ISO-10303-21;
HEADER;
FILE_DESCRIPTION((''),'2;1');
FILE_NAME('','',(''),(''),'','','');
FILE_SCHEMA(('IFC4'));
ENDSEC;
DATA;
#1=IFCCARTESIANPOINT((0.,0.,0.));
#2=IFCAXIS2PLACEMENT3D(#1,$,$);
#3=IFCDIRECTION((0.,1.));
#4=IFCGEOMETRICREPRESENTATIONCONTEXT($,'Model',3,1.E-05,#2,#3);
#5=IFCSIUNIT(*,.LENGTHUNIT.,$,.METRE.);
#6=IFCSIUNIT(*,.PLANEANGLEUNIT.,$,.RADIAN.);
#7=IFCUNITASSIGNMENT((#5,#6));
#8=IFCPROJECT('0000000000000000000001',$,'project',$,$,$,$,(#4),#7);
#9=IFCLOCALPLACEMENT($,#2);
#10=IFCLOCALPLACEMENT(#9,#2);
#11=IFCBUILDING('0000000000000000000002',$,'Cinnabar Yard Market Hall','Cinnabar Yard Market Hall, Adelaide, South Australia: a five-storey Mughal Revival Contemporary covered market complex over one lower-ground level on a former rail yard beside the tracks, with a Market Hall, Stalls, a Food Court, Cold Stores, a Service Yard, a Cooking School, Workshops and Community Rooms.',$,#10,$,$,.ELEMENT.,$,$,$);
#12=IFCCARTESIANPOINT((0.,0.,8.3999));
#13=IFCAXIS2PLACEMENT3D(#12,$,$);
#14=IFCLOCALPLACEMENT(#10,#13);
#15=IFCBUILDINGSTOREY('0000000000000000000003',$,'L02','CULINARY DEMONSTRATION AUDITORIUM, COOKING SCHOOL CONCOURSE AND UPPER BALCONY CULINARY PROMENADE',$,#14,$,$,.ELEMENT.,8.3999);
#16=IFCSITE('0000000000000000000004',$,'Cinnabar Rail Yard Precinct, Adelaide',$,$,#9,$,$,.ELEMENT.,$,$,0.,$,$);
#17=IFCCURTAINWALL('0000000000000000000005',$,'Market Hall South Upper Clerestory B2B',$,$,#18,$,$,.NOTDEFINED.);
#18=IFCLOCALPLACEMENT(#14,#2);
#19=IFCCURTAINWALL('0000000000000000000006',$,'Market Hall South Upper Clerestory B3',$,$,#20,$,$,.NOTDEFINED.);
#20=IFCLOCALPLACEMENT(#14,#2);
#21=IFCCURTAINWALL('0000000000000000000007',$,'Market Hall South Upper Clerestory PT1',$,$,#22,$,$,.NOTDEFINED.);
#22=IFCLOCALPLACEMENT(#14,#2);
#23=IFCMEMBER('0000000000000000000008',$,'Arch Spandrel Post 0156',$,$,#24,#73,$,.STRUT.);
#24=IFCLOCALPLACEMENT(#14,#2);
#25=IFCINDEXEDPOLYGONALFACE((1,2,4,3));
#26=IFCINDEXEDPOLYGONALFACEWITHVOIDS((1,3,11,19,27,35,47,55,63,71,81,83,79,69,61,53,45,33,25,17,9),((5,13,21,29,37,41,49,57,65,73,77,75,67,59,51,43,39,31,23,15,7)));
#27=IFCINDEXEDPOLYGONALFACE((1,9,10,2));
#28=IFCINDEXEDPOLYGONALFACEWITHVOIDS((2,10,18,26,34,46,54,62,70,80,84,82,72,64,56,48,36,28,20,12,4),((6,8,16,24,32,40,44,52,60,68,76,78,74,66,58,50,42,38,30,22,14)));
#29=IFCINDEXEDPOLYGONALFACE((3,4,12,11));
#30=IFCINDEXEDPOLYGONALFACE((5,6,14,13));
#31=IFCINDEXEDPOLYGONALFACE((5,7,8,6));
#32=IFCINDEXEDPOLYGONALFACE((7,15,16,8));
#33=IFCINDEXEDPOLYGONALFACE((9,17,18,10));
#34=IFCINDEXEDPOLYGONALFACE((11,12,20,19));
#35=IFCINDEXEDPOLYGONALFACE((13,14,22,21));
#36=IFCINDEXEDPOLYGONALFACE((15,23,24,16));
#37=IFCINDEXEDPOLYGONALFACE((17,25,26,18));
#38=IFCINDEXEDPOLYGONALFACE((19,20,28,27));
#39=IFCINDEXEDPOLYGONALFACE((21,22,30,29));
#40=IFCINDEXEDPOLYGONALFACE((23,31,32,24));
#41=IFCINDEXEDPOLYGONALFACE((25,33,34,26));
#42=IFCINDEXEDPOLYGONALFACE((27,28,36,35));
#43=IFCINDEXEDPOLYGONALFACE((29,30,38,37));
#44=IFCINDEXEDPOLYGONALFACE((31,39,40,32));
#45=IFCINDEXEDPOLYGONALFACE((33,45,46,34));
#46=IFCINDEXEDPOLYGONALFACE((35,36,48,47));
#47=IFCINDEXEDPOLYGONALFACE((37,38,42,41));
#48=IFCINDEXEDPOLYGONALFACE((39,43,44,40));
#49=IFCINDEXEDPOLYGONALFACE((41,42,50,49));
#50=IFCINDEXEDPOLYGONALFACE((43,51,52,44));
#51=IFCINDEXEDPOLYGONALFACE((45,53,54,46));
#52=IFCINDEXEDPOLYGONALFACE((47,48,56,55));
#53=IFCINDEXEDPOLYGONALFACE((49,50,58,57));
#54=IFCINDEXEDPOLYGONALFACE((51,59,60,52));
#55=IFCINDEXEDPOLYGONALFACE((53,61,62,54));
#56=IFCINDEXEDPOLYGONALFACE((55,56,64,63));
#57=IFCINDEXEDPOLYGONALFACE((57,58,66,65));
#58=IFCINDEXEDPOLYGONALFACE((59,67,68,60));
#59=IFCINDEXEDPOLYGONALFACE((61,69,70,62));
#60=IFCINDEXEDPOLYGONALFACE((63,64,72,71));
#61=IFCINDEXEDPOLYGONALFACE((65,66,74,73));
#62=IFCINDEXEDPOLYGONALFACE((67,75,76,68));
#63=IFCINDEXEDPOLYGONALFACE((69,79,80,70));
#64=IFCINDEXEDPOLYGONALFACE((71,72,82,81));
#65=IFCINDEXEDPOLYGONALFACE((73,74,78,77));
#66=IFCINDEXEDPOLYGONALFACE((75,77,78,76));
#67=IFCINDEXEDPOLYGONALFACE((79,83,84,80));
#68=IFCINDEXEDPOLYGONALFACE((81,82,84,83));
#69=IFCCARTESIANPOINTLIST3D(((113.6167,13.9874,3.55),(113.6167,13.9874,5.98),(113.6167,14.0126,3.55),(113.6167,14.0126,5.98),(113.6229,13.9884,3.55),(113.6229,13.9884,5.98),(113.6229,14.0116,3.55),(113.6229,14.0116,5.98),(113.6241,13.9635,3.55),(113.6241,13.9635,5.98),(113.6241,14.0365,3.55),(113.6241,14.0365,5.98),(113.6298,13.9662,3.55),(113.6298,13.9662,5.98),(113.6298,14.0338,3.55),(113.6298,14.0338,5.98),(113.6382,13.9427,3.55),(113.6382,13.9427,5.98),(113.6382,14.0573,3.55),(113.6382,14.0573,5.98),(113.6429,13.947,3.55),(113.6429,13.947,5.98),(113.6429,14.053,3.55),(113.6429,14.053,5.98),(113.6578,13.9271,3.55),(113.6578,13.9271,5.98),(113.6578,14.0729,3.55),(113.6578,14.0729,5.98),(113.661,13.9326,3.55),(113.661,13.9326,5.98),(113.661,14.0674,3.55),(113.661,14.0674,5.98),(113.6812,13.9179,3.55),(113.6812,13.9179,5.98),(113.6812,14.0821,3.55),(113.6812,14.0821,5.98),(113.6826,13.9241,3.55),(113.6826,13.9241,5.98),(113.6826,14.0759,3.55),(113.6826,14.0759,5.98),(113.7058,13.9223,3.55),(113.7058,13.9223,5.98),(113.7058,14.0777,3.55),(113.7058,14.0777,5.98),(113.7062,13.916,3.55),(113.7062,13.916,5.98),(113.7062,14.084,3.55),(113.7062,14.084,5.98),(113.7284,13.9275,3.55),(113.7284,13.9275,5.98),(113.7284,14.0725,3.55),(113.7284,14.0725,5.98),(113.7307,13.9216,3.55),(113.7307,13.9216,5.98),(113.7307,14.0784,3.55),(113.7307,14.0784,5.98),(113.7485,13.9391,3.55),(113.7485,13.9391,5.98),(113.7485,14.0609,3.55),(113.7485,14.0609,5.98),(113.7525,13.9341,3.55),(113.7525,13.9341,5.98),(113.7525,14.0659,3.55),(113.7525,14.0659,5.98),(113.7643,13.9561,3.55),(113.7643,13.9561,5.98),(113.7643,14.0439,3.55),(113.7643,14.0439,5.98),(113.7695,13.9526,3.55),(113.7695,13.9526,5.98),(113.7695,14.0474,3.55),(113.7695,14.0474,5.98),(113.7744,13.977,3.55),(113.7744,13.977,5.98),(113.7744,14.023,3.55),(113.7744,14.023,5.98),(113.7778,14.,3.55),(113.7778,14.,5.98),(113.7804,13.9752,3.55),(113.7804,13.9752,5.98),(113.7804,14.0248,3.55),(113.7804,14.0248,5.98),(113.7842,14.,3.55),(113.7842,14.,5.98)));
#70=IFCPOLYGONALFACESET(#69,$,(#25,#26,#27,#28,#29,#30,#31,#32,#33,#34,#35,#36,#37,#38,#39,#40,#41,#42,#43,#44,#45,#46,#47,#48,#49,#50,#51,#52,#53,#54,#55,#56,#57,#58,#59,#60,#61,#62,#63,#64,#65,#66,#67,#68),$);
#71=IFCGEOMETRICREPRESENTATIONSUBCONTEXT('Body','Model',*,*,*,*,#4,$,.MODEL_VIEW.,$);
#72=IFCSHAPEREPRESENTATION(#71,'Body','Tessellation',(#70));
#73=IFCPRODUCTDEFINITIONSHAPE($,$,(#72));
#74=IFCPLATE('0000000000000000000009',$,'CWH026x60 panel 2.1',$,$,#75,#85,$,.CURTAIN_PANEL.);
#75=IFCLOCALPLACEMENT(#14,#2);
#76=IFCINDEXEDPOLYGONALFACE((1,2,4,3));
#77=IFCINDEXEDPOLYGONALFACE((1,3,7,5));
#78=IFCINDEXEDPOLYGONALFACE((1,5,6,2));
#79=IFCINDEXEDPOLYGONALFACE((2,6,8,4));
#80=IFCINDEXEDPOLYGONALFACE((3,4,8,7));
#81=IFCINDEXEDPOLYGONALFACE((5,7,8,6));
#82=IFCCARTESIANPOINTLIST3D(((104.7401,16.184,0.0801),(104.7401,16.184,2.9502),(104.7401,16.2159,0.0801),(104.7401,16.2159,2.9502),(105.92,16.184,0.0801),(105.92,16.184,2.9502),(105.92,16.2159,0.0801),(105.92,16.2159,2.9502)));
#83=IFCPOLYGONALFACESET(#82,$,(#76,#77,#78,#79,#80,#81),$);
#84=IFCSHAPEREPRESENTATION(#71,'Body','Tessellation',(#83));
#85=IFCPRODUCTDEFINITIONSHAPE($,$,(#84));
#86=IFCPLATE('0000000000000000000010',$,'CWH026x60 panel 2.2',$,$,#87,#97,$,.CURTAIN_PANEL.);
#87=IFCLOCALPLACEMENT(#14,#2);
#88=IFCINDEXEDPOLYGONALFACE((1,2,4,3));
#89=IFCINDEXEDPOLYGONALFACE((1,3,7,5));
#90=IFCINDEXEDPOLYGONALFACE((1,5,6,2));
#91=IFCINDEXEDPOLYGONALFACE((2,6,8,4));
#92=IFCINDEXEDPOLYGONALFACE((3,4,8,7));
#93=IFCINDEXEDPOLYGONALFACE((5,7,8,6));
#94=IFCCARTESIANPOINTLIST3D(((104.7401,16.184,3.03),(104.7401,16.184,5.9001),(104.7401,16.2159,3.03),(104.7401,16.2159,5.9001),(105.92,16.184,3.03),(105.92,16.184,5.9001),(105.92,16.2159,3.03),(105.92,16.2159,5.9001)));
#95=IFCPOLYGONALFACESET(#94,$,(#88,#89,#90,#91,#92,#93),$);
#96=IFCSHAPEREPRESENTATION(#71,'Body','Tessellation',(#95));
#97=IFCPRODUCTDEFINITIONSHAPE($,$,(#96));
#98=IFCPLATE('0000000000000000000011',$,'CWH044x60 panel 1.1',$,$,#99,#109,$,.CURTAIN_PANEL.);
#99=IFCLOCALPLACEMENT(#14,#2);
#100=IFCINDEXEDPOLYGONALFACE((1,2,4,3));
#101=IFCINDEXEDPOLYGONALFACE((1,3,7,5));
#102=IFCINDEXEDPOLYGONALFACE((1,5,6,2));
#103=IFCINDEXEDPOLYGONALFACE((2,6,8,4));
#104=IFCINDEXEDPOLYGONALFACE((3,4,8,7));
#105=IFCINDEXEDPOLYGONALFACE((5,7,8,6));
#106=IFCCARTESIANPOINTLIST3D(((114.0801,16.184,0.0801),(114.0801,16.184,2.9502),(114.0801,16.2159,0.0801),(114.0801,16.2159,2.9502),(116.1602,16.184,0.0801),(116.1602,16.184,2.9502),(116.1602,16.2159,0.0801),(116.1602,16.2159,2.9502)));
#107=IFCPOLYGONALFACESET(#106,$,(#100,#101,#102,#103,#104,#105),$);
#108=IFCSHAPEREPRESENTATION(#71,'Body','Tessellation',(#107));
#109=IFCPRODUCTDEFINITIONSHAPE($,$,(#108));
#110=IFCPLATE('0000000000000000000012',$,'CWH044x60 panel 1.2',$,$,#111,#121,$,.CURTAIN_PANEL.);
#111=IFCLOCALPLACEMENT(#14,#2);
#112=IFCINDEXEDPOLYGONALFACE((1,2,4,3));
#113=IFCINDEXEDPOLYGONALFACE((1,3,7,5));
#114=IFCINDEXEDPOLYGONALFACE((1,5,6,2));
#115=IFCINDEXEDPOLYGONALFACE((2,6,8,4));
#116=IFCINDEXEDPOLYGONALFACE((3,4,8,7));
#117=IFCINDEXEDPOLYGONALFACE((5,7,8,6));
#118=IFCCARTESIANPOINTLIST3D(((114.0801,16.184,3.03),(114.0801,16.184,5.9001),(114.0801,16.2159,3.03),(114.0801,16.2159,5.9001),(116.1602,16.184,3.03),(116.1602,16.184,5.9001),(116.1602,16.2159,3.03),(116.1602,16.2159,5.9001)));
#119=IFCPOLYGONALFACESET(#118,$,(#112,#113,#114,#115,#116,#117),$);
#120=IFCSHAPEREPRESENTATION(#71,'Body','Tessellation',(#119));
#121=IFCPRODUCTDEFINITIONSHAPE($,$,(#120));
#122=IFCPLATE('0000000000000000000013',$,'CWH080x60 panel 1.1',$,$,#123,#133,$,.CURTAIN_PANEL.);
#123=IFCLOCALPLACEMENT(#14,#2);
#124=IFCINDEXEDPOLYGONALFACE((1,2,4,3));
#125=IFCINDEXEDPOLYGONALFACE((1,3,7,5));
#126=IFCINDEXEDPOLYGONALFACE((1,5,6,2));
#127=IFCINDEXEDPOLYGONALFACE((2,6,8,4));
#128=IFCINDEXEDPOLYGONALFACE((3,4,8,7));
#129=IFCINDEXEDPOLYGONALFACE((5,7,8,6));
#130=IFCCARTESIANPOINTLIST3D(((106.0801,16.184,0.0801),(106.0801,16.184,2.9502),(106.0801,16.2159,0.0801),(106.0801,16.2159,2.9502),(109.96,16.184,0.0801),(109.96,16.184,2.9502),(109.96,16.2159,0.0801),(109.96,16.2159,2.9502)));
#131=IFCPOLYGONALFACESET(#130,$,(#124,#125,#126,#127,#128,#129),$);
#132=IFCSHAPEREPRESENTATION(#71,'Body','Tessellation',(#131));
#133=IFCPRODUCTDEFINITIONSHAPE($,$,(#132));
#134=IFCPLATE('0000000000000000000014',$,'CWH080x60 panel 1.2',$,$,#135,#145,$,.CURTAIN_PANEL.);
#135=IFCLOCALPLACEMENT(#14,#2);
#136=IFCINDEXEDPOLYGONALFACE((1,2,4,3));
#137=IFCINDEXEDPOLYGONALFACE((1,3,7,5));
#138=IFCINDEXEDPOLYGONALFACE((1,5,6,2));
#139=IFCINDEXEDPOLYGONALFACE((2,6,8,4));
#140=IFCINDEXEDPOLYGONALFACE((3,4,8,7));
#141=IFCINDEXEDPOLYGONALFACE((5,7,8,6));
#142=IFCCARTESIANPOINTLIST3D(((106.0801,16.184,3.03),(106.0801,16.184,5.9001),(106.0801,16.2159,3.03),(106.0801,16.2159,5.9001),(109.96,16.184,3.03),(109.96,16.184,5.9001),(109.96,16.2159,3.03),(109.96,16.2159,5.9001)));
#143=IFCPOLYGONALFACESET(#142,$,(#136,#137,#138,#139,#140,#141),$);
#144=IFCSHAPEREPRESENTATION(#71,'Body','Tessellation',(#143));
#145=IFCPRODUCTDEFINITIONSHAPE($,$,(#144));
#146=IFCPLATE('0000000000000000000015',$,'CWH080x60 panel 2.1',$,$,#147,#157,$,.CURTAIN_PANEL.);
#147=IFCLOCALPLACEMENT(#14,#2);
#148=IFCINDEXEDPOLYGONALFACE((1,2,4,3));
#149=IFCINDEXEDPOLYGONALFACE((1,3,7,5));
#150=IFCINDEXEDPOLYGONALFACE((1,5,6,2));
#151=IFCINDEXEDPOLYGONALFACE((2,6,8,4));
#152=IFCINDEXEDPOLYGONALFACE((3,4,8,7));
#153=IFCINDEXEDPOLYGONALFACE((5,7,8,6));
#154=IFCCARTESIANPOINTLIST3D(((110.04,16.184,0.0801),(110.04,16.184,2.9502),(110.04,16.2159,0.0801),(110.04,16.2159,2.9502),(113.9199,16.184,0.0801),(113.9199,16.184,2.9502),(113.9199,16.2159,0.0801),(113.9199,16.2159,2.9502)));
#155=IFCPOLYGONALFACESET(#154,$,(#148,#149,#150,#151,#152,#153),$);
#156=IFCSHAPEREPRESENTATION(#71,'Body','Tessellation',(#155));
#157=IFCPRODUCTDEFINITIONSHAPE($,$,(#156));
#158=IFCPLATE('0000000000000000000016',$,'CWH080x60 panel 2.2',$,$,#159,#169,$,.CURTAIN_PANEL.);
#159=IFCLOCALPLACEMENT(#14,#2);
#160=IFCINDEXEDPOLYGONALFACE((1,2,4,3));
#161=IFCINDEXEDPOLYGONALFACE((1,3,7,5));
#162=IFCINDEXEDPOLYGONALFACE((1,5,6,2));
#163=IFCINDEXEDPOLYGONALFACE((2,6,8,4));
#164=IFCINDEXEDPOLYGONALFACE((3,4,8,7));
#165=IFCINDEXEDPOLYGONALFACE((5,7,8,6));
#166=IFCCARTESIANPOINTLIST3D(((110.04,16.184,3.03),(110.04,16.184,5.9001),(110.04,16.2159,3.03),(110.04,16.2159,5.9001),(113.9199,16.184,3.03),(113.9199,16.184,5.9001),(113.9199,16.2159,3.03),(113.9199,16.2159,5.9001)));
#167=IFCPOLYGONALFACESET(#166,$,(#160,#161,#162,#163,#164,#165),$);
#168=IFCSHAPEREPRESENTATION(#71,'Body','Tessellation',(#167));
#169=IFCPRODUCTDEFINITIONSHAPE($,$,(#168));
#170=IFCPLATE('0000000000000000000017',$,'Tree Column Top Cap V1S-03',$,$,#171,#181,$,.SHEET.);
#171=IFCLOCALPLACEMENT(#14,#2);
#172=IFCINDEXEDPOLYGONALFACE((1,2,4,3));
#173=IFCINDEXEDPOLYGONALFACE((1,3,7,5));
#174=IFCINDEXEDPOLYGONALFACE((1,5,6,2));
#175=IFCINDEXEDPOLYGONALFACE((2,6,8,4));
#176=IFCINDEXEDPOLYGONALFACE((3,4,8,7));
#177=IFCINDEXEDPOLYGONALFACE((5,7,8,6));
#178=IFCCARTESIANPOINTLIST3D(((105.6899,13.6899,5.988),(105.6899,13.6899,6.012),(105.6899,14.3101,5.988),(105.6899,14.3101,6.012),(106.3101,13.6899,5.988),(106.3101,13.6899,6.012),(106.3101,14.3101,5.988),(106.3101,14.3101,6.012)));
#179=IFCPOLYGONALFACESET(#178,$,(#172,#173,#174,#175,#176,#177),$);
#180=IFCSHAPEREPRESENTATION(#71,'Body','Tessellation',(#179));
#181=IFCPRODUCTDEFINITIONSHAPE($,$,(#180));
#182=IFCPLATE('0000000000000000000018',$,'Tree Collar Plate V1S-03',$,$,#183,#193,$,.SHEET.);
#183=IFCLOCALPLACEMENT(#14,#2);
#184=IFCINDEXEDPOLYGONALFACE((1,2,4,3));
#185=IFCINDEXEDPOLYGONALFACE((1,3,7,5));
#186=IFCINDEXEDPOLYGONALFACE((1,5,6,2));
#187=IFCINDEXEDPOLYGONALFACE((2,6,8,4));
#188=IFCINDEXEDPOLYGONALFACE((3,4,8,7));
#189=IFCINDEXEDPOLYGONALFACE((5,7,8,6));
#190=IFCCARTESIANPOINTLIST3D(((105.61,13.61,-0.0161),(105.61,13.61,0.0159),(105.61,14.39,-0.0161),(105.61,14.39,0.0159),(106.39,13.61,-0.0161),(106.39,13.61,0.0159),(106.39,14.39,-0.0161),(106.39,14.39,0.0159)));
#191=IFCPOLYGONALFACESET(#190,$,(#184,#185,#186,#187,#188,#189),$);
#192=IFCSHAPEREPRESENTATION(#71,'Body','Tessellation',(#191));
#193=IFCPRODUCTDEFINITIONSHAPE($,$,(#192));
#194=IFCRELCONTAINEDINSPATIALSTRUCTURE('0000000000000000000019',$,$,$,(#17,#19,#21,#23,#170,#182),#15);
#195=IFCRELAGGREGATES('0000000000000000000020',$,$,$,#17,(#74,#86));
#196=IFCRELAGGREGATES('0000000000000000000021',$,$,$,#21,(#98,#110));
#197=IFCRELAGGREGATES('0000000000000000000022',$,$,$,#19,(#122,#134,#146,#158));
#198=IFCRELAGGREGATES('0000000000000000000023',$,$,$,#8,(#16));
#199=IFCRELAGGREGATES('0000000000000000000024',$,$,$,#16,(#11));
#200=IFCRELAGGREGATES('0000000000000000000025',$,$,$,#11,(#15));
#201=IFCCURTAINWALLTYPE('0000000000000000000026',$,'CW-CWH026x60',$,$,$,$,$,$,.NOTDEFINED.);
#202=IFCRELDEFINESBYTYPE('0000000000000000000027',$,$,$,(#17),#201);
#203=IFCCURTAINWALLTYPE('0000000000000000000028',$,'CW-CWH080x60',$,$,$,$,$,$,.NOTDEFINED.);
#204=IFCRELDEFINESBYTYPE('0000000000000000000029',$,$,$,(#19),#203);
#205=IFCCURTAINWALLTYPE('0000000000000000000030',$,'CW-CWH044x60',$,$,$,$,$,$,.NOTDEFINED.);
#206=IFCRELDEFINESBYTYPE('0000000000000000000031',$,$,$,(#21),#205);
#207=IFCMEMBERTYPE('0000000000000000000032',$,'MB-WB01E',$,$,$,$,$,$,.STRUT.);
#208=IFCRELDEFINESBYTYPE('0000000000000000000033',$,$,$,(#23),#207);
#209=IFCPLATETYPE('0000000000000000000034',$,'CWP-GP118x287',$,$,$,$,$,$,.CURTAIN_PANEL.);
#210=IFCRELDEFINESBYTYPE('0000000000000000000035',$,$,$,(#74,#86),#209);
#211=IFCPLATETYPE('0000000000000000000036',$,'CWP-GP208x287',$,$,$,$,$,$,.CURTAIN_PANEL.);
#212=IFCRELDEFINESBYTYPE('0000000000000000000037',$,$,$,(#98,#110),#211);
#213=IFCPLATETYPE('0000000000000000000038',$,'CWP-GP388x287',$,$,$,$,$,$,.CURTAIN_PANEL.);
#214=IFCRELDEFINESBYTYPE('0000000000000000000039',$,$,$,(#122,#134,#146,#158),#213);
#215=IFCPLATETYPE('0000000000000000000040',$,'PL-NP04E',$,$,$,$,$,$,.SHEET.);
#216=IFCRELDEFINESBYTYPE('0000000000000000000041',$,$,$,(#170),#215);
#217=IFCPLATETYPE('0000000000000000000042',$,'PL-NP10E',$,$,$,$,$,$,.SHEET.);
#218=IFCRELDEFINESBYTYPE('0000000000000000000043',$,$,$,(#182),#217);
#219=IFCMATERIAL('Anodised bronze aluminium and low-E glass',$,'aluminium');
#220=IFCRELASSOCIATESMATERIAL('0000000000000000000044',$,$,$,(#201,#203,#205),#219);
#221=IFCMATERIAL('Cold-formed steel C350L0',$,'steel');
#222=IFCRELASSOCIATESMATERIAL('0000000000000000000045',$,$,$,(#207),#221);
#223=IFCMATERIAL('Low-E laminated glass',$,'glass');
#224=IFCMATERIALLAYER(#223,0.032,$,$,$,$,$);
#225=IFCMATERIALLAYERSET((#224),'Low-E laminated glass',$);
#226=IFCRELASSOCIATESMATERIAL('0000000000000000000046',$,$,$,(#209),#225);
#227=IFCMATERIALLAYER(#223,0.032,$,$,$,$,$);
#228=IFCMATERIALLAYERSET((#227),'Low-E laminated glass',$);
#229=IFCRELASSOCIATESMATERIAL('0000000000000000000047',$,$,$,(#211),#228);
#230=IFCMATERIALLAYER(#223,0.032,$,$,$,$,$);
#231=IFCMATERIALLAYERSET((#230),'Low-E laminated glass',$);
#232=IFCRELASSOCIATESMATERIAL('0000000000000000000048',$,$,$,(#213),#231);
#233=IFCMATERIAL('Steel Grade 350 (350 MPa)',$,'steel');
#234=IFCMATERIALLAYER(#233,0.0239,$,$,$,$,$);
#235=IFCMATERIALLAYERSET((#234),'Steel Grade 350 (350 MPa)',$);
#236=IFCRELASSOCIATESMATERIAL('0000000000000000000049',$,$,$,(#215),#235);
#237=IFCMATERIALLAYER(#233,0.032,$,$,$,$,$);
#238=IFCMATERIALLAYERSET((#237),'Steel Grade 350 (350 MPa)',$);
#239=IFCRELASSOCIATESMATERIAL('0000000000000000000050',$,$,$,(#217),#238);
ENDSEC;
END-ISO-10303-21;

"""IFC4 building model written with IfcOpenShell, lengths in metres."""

from ifc_helpers import new_model, si_unit, direction, frame, origin, origin_2d_with_axis, place, context, subcontext, project, spatial, rectangle, hollow_circle, extrude, material, layer, layer_set, material_profile, profile_set, type_object, element, aggregate, save


model = new_model("IFC4")

# Units and contexts
model_context = context("Model", 3, precision=1e-05, world=origin(), true_north=direction((0.0, 1.0)))
body_context = subcontext(model_context, "Body", "Model", "MODEL_VIEW")
ifc_project = project(units=[si_unit("LENGTHUNIT", "METRE"), si_unit("PLANEANGLEUNIT", "RADIAN")], contexts=[model_context])

# Site, building, storey
site_placement = place(None, origin())
site = spatial("IfcSite", under=ifc_project, at=site_placement, Name="Cinnabar Rail Yard Precinct, Adelaide", CompositionType="ELEMENT", RefElevation=0.0)
building_placement = place(site_placement, origin())
building = spatial("IfcBuilding", under=site, at=building_placement, Name="Cinnabar Yard Market Hall", Description="Cinnabar Yard Market Hall, Adelaide, South Australia: a five-storey Mughal Revival Contemporary covered market complex over one lower-ground level on a former rail yard beside the tracks, with a Market Hall, Stalls, a Food Court, Cold Stores, a Service Yard, a Cooking School, Workshops and Community Rooms.", CompositionType="ELEMENT")
storey_placement = place(building_placement, frame((0.0, 0.0, 8.3999)))
storey = spatial("IfcBuildingStorey", under=building, at=storey_placement, Name="L02", Description="CULINARY DEMONSTRATION AUDITORIUM, COOKING SCHOOL CONCOURSE AND UPPER BALCONY CULINARY PROMENADE", CompositionType="ELEMENT", Elevation=8.3999)

# Curtain wall
ifc_material_1 = material(Name="Anodised bronze aluminium and low-E glass", Category="aluminium")
curtain_wall_type_1 = type_object("IfcCurtainWallType", Name="CW-CWH026x60", PredefinedType="NOTDEFINED", material=ifc_material_1)
curtain_wall_1_placement = place(storey_placement, origin())
curtain_wall_1 = element("IfcCurtainWall", 1, at=curtain_wall_1_placement, inside=storey, type_object=curtain_wall_type_1, Name="Market Hall South Upper Clerestory B2B", PredefinedType="NOTDEFINED")

# Curtain wall
curtain_wall_type_2 = type_object("IfcCurtainWallType", Name="CW-CWH080x60", PredefinedType="NOTDEFINED", material=ifc_material_1)
curtain_wall_2_placement = place(storey_placement, origin())
curtain_wall_2 = element("IfcCurtainWall", 2, at=curtain_wall_2_placement, inside=storey, type_object=curtain_wall_type_2, Name="Market Hall South Upper Clerestory B3", PredefinedType="NOTDEFINED")

# Curtain wall
curtain_wall_type_3 = type_object("IfcCurtainWallType", Name="CW-CWH044x60", PredefinedType="NOTDEFINED", material=ifc_material_1)
curtain_wall_3_placement = place(storey_placement, origin())
curtain_wall_3 = element("IfcCurtainWall", 3, at=curtain_wall_3_placement, inside=storey, type_object=curtain_wall_type_3, Name="Market Hall South Upper Clerestory PT1", PredefinedType="NOTDEFINED")

# Member
ifc_material_2 = material(Name="Cold-formed steel C350L0", Category="steel")
ifc_material_profile_1 = material_profile(ifc_material_2, hollow_circle(Radius=0.0842, WallThickness=0.0063, at=origin_2d_with_axis()), Name="168.3x6.4CHS")
ifc_profile_set_1 = profile_set([ifc_material_profile_1], Name="Cold-formed steel C350L0")
member_type_1 = type_object("IfcMemberType", Name="MB-WB01E", PredefinedType="STRUT", material=ifc_profile_set_1)
for number, where, z_axis, x_axis, name in (
    (4, (113.7, 14.0, 3.55), (0.0, 0.0, 1.0), (1.0, 0.0, 0.0), "Arch Spandrel Post 0156"),
):
    element("IfcMember", number, at=place(storey_placement, frame(where, z_axis=z_axis, x_axis=x_axis)), inside=storey, type_object=member_type_1, Name=name, PredefinedType="STRUT", context=body_context, shape_type="SweptSolid", body=[
        extrude(hollow_circle(Radius=0.0842, WallThickness=0.0063, at=origin_2d_with_axis()), origin(), (0.0, 0.0, 1.0), 2.4299),
    ])

# Plates
ifc_material_3 = material(Name="Low-E laminated glass", Category="glass")
ifc_layer_1 = layer(ifc_material_3, 0.032)
ifc_layer_set_1 = layer_set([ifc_layer_1], Name="Low-E laminated glass")
plate_type_1 = type_object("IfcPlateType", Name="CWP-GP118x287", PredefinedType="CURTAIN_PANEL", material=ifc_layer_set_1)
plate_1_placement = place(storey_placement, frame((105.3301, 16.2, 0.0801), z_axis=(0.0, 0.0, 1.0), x_axis=(1.0, 0.0, 0.0)))
plate_1 = element("IfcPlate", 5, at=plate_1_placement, type_object=plate_type_1, Name="CWH026x60 panel 2.1", PredefinedType="CURTAIN_PANEL", context=body_context, shape_type="SweptSolid", body=[
    extrude(rectangle(XDim=1.1799, YDim=0.032, at=origin_2d_with_axis()), origin(), (0.0, 0.0, 1.0), 2.8701),
])
plate_2_placement = place(storey_placement, frame((105.3301, 16.2, 3.03), z_axis=(0.0, 0.0, 1.0), x_axis=(1.0, 0.0, 0.0)))
plate_2 = element("IfcPlate", 6, at=plate_2_placement, type_object=plate_type_1, Name="CWH026x60 panel 2.2", PredefinedType="CURTAIN_PANEL", context=body_context, shape_type="SweptSolid", body=[
    extrude(rectangle(XDim=1.1799, YDim=0.032, at=origin_2d_with_axis()), origin(), (0.0, 0.0, 1.0), 2.8701),
])
aggregate(curtain_wall_1, [plate_1, plate_2])
ifc_layer_2 = layer(ifc_material_3, 0.032)
ifc_layer_set_2 = layer_set([ifc_layer_2], Name="Low-E laminated glass")
plate_type_2 = type_object("IfcPlateType", Name="CWP-GP208x287", PredefinedType="CURTAIN_PANEL", material=ifc_layer_set_2)
plate_3_placement = place(storey_placement, frame((115.1201, 16.2, 0.0801), z_axis=(0.0, 0.0, 1.0), x_axis=(1.0, 0.0, 0.0)))
plate_3 = element("IfcPlate", 7, at=plate_3_placement, type_object=plate_type_2, Name="CWH044x60 panel 1.1", PredefinedType="CURTAIN_PANEL", context=body_context, shape_type="SweptSolid", body=[
    extrude(rectangle(XDim=2.0801, YDim=0.032, at=origin_2d_with_axis()), origin(), (0.0, 0.0, 1.0), 2.8701),
])
plate_4_placement = place(storey_placement, frame((115.1201, 16.2, 3.03), z_axis=(0.0, 0.0, 1.0), x_axis=(1.0, 0.0, 0.0)))
plate_4 = element("IfcPlate", 8, at=plate_4_placement, type_object=plate_type_2, Name="CWH044x60 panel 1.2", PredefinedType="CURTAIN_PANEL", context=body_context, shape_type="SweptSolid", body=[
    extrude(rectangle(XDim=2.0801, YDim=0.032, at=origin_2d_with_axis()), origin(), (0.0, 0.0, 1.0), 2.8701),
])
aggregate(curtain_wall_3, [plate_3, plate_4])
ifc_layer_3 = layer(ifc_material_3, 0.032)
ifc_layer_set_3 = layer_set([ifc_layer_3], Name="Low-E laminated glass")
plate_type_3 = type_object("IfcPlateType", Name="CWP-GP388x287", PredefinedType="CURTAIN_PANEL", material=ifc_layer_set_3)
plate_5_placement = place(storey_placement, frame((108.02, 16.2, 0.0801), z_axis=(0.0, 0.0, 1.0), x_axis=(1.0, 0.0, 0.0)))
plate_5 = element("IfcPlate", 9, at=plate_5_placement, type_object=plate_type_3, Name="CWH080x60 panel 1.1", PredefinedType="CURTAIN_PANEL", context=body_context, shape_type="SweptSolid", body=[
    extrude(rectangle(XDim=3.8799, YDim=0.032, at=origin_2d_with_axis()), origin(), (0.0, 0.0, 1.0), 2.8701),
])
plate_6_placement = place(storey_placement, frame((108.02, 16.2, 3.03), z_axis=(0.0, 0.0, 1.0), x_axis=(1.0, 0.0, 0.0)))
plate_6 = element("IfcPlate", 10, at=plate_6_placement, type_object=plate_type_3, Name="CWH080x60 panel 1.2", PredefinedType="CURTAIN_PANEL", context=body_context, shape_type="SweptSolid", body=[
    extrude(rectangle(XDim=3.8799, YDim=0.032, at=origin_2d_with_axis()), origin(), (0.0, 0.0, 1.0), 2.8701),
])
plate_7_placement = place(storey_placement, frame((111.98, 16.2, 0.0801), z_axis=(0.0, 0.0, 1.0), x_axis=(1.0, 0.0, 0.0)))
plate_7 = element("IfcPlate", 11, at=plate_7_placement, type_object=plate_type_3, Name="CWH080x60 panel 2.1", PredefinedType="CURTAIN_PANEL", context=body_context, shape_type="SweptSolid", body=[
    extrude(rectangle(XDim=3.8799, YDim=0.032, at=origin_2d_with_axis()), origin(), (0.0, 0.0, 1.0), 2.8701),
])
plate_8_placement = place(storey_placement, frame((111.98, 16.2, 3.03), z_axis=(0.0, 0.0, 1.0), x_axis=(1.0, 0.0, 0.0)))
plate_8 = element("IfcPlate", 12, at=plate_8_placement, type_object=plate_type_3, Name="CWH080x60 panel 2.2", PredefinedType="CURTAIN_PANEL", context=body_context, shape_type="SweptSolid", body=[
    extrude(rectangle(XDim=3.8799, YDim=0.032, at=origin_2d_with_axis()), origin(), (0.0, 0.0, 1.0), 2.8701),
])
aggregate(curtain_wall_2, [plate_5, plate_6, plate_7, plate_8])

# Plates
ifc_material_4 = material(Name="Steel Grade 350 (350 MPa)", Category="steel")
ifc_layer_4 = layer(ifc_material_4, 0.0239)
ifc_layer_set_4 = layer_set([ifc_layer_4], Name="Steel Grade 350 (350 MPa)")
plate_type_4 = type_object("IfcPlateType", Name="PL-NP04E", PredefinedType="SHEET", material=ifc_layer_set_4)
plate_9_placement = place(storey_placement, frame((106.0, 14.0, 5.988), z_axis=(0.0, 0.0, 1.0), x_axis=(1.0, 0.0, 0.0)))
element("IfcPlate", 13, at=plate_9_placement, inside=storey, type_object=plate_type_4, Name="Tree Column Top Cap V1S-03", PredefinedType="SHEET", context=body_context, shape_type="SweptSolid", body=[
    extrude(rectangle(XDim=0.6201, YDim=0.6201, at=origin_2d_with_axis()), origin(), (0.0, 0.0, 1.0), 0.0239),
])
ifc_layer_5 = layer(ifc_material_4, 0.032)
ifc_layer_set_5 = layer_set([ifc_layer_5], Name="Steel Grade 350 (350 MPa)")
plate_type_5 = type_object("IfcPlateType", Name="PL-NP10E", PredefinedType="SHEET", material=ifc_layer_set_5)
plate_10_placement = place(storey_placement, frame((106.0, 14.0, -0.0161), z_axis=(0.0, 0.0, 1.0), x_axis=(1.0, 0.0, 0.0)))
element("IfcPlate", 14, at=plate_10_placement, inside=storey, type_object=plate_type_5, Name="Tree Collar Plate V1S-03", PredefinedType="SHEET", context=body_context, shape_type="SweptSolid", body=[
    extrude(rectangle(XDim=0.78, YDim=0.78, at=origin_2d_with_axis()), origin(), (0.0, 0.0, 1.0), 0.032),
])

save(model, "model.ifc")
